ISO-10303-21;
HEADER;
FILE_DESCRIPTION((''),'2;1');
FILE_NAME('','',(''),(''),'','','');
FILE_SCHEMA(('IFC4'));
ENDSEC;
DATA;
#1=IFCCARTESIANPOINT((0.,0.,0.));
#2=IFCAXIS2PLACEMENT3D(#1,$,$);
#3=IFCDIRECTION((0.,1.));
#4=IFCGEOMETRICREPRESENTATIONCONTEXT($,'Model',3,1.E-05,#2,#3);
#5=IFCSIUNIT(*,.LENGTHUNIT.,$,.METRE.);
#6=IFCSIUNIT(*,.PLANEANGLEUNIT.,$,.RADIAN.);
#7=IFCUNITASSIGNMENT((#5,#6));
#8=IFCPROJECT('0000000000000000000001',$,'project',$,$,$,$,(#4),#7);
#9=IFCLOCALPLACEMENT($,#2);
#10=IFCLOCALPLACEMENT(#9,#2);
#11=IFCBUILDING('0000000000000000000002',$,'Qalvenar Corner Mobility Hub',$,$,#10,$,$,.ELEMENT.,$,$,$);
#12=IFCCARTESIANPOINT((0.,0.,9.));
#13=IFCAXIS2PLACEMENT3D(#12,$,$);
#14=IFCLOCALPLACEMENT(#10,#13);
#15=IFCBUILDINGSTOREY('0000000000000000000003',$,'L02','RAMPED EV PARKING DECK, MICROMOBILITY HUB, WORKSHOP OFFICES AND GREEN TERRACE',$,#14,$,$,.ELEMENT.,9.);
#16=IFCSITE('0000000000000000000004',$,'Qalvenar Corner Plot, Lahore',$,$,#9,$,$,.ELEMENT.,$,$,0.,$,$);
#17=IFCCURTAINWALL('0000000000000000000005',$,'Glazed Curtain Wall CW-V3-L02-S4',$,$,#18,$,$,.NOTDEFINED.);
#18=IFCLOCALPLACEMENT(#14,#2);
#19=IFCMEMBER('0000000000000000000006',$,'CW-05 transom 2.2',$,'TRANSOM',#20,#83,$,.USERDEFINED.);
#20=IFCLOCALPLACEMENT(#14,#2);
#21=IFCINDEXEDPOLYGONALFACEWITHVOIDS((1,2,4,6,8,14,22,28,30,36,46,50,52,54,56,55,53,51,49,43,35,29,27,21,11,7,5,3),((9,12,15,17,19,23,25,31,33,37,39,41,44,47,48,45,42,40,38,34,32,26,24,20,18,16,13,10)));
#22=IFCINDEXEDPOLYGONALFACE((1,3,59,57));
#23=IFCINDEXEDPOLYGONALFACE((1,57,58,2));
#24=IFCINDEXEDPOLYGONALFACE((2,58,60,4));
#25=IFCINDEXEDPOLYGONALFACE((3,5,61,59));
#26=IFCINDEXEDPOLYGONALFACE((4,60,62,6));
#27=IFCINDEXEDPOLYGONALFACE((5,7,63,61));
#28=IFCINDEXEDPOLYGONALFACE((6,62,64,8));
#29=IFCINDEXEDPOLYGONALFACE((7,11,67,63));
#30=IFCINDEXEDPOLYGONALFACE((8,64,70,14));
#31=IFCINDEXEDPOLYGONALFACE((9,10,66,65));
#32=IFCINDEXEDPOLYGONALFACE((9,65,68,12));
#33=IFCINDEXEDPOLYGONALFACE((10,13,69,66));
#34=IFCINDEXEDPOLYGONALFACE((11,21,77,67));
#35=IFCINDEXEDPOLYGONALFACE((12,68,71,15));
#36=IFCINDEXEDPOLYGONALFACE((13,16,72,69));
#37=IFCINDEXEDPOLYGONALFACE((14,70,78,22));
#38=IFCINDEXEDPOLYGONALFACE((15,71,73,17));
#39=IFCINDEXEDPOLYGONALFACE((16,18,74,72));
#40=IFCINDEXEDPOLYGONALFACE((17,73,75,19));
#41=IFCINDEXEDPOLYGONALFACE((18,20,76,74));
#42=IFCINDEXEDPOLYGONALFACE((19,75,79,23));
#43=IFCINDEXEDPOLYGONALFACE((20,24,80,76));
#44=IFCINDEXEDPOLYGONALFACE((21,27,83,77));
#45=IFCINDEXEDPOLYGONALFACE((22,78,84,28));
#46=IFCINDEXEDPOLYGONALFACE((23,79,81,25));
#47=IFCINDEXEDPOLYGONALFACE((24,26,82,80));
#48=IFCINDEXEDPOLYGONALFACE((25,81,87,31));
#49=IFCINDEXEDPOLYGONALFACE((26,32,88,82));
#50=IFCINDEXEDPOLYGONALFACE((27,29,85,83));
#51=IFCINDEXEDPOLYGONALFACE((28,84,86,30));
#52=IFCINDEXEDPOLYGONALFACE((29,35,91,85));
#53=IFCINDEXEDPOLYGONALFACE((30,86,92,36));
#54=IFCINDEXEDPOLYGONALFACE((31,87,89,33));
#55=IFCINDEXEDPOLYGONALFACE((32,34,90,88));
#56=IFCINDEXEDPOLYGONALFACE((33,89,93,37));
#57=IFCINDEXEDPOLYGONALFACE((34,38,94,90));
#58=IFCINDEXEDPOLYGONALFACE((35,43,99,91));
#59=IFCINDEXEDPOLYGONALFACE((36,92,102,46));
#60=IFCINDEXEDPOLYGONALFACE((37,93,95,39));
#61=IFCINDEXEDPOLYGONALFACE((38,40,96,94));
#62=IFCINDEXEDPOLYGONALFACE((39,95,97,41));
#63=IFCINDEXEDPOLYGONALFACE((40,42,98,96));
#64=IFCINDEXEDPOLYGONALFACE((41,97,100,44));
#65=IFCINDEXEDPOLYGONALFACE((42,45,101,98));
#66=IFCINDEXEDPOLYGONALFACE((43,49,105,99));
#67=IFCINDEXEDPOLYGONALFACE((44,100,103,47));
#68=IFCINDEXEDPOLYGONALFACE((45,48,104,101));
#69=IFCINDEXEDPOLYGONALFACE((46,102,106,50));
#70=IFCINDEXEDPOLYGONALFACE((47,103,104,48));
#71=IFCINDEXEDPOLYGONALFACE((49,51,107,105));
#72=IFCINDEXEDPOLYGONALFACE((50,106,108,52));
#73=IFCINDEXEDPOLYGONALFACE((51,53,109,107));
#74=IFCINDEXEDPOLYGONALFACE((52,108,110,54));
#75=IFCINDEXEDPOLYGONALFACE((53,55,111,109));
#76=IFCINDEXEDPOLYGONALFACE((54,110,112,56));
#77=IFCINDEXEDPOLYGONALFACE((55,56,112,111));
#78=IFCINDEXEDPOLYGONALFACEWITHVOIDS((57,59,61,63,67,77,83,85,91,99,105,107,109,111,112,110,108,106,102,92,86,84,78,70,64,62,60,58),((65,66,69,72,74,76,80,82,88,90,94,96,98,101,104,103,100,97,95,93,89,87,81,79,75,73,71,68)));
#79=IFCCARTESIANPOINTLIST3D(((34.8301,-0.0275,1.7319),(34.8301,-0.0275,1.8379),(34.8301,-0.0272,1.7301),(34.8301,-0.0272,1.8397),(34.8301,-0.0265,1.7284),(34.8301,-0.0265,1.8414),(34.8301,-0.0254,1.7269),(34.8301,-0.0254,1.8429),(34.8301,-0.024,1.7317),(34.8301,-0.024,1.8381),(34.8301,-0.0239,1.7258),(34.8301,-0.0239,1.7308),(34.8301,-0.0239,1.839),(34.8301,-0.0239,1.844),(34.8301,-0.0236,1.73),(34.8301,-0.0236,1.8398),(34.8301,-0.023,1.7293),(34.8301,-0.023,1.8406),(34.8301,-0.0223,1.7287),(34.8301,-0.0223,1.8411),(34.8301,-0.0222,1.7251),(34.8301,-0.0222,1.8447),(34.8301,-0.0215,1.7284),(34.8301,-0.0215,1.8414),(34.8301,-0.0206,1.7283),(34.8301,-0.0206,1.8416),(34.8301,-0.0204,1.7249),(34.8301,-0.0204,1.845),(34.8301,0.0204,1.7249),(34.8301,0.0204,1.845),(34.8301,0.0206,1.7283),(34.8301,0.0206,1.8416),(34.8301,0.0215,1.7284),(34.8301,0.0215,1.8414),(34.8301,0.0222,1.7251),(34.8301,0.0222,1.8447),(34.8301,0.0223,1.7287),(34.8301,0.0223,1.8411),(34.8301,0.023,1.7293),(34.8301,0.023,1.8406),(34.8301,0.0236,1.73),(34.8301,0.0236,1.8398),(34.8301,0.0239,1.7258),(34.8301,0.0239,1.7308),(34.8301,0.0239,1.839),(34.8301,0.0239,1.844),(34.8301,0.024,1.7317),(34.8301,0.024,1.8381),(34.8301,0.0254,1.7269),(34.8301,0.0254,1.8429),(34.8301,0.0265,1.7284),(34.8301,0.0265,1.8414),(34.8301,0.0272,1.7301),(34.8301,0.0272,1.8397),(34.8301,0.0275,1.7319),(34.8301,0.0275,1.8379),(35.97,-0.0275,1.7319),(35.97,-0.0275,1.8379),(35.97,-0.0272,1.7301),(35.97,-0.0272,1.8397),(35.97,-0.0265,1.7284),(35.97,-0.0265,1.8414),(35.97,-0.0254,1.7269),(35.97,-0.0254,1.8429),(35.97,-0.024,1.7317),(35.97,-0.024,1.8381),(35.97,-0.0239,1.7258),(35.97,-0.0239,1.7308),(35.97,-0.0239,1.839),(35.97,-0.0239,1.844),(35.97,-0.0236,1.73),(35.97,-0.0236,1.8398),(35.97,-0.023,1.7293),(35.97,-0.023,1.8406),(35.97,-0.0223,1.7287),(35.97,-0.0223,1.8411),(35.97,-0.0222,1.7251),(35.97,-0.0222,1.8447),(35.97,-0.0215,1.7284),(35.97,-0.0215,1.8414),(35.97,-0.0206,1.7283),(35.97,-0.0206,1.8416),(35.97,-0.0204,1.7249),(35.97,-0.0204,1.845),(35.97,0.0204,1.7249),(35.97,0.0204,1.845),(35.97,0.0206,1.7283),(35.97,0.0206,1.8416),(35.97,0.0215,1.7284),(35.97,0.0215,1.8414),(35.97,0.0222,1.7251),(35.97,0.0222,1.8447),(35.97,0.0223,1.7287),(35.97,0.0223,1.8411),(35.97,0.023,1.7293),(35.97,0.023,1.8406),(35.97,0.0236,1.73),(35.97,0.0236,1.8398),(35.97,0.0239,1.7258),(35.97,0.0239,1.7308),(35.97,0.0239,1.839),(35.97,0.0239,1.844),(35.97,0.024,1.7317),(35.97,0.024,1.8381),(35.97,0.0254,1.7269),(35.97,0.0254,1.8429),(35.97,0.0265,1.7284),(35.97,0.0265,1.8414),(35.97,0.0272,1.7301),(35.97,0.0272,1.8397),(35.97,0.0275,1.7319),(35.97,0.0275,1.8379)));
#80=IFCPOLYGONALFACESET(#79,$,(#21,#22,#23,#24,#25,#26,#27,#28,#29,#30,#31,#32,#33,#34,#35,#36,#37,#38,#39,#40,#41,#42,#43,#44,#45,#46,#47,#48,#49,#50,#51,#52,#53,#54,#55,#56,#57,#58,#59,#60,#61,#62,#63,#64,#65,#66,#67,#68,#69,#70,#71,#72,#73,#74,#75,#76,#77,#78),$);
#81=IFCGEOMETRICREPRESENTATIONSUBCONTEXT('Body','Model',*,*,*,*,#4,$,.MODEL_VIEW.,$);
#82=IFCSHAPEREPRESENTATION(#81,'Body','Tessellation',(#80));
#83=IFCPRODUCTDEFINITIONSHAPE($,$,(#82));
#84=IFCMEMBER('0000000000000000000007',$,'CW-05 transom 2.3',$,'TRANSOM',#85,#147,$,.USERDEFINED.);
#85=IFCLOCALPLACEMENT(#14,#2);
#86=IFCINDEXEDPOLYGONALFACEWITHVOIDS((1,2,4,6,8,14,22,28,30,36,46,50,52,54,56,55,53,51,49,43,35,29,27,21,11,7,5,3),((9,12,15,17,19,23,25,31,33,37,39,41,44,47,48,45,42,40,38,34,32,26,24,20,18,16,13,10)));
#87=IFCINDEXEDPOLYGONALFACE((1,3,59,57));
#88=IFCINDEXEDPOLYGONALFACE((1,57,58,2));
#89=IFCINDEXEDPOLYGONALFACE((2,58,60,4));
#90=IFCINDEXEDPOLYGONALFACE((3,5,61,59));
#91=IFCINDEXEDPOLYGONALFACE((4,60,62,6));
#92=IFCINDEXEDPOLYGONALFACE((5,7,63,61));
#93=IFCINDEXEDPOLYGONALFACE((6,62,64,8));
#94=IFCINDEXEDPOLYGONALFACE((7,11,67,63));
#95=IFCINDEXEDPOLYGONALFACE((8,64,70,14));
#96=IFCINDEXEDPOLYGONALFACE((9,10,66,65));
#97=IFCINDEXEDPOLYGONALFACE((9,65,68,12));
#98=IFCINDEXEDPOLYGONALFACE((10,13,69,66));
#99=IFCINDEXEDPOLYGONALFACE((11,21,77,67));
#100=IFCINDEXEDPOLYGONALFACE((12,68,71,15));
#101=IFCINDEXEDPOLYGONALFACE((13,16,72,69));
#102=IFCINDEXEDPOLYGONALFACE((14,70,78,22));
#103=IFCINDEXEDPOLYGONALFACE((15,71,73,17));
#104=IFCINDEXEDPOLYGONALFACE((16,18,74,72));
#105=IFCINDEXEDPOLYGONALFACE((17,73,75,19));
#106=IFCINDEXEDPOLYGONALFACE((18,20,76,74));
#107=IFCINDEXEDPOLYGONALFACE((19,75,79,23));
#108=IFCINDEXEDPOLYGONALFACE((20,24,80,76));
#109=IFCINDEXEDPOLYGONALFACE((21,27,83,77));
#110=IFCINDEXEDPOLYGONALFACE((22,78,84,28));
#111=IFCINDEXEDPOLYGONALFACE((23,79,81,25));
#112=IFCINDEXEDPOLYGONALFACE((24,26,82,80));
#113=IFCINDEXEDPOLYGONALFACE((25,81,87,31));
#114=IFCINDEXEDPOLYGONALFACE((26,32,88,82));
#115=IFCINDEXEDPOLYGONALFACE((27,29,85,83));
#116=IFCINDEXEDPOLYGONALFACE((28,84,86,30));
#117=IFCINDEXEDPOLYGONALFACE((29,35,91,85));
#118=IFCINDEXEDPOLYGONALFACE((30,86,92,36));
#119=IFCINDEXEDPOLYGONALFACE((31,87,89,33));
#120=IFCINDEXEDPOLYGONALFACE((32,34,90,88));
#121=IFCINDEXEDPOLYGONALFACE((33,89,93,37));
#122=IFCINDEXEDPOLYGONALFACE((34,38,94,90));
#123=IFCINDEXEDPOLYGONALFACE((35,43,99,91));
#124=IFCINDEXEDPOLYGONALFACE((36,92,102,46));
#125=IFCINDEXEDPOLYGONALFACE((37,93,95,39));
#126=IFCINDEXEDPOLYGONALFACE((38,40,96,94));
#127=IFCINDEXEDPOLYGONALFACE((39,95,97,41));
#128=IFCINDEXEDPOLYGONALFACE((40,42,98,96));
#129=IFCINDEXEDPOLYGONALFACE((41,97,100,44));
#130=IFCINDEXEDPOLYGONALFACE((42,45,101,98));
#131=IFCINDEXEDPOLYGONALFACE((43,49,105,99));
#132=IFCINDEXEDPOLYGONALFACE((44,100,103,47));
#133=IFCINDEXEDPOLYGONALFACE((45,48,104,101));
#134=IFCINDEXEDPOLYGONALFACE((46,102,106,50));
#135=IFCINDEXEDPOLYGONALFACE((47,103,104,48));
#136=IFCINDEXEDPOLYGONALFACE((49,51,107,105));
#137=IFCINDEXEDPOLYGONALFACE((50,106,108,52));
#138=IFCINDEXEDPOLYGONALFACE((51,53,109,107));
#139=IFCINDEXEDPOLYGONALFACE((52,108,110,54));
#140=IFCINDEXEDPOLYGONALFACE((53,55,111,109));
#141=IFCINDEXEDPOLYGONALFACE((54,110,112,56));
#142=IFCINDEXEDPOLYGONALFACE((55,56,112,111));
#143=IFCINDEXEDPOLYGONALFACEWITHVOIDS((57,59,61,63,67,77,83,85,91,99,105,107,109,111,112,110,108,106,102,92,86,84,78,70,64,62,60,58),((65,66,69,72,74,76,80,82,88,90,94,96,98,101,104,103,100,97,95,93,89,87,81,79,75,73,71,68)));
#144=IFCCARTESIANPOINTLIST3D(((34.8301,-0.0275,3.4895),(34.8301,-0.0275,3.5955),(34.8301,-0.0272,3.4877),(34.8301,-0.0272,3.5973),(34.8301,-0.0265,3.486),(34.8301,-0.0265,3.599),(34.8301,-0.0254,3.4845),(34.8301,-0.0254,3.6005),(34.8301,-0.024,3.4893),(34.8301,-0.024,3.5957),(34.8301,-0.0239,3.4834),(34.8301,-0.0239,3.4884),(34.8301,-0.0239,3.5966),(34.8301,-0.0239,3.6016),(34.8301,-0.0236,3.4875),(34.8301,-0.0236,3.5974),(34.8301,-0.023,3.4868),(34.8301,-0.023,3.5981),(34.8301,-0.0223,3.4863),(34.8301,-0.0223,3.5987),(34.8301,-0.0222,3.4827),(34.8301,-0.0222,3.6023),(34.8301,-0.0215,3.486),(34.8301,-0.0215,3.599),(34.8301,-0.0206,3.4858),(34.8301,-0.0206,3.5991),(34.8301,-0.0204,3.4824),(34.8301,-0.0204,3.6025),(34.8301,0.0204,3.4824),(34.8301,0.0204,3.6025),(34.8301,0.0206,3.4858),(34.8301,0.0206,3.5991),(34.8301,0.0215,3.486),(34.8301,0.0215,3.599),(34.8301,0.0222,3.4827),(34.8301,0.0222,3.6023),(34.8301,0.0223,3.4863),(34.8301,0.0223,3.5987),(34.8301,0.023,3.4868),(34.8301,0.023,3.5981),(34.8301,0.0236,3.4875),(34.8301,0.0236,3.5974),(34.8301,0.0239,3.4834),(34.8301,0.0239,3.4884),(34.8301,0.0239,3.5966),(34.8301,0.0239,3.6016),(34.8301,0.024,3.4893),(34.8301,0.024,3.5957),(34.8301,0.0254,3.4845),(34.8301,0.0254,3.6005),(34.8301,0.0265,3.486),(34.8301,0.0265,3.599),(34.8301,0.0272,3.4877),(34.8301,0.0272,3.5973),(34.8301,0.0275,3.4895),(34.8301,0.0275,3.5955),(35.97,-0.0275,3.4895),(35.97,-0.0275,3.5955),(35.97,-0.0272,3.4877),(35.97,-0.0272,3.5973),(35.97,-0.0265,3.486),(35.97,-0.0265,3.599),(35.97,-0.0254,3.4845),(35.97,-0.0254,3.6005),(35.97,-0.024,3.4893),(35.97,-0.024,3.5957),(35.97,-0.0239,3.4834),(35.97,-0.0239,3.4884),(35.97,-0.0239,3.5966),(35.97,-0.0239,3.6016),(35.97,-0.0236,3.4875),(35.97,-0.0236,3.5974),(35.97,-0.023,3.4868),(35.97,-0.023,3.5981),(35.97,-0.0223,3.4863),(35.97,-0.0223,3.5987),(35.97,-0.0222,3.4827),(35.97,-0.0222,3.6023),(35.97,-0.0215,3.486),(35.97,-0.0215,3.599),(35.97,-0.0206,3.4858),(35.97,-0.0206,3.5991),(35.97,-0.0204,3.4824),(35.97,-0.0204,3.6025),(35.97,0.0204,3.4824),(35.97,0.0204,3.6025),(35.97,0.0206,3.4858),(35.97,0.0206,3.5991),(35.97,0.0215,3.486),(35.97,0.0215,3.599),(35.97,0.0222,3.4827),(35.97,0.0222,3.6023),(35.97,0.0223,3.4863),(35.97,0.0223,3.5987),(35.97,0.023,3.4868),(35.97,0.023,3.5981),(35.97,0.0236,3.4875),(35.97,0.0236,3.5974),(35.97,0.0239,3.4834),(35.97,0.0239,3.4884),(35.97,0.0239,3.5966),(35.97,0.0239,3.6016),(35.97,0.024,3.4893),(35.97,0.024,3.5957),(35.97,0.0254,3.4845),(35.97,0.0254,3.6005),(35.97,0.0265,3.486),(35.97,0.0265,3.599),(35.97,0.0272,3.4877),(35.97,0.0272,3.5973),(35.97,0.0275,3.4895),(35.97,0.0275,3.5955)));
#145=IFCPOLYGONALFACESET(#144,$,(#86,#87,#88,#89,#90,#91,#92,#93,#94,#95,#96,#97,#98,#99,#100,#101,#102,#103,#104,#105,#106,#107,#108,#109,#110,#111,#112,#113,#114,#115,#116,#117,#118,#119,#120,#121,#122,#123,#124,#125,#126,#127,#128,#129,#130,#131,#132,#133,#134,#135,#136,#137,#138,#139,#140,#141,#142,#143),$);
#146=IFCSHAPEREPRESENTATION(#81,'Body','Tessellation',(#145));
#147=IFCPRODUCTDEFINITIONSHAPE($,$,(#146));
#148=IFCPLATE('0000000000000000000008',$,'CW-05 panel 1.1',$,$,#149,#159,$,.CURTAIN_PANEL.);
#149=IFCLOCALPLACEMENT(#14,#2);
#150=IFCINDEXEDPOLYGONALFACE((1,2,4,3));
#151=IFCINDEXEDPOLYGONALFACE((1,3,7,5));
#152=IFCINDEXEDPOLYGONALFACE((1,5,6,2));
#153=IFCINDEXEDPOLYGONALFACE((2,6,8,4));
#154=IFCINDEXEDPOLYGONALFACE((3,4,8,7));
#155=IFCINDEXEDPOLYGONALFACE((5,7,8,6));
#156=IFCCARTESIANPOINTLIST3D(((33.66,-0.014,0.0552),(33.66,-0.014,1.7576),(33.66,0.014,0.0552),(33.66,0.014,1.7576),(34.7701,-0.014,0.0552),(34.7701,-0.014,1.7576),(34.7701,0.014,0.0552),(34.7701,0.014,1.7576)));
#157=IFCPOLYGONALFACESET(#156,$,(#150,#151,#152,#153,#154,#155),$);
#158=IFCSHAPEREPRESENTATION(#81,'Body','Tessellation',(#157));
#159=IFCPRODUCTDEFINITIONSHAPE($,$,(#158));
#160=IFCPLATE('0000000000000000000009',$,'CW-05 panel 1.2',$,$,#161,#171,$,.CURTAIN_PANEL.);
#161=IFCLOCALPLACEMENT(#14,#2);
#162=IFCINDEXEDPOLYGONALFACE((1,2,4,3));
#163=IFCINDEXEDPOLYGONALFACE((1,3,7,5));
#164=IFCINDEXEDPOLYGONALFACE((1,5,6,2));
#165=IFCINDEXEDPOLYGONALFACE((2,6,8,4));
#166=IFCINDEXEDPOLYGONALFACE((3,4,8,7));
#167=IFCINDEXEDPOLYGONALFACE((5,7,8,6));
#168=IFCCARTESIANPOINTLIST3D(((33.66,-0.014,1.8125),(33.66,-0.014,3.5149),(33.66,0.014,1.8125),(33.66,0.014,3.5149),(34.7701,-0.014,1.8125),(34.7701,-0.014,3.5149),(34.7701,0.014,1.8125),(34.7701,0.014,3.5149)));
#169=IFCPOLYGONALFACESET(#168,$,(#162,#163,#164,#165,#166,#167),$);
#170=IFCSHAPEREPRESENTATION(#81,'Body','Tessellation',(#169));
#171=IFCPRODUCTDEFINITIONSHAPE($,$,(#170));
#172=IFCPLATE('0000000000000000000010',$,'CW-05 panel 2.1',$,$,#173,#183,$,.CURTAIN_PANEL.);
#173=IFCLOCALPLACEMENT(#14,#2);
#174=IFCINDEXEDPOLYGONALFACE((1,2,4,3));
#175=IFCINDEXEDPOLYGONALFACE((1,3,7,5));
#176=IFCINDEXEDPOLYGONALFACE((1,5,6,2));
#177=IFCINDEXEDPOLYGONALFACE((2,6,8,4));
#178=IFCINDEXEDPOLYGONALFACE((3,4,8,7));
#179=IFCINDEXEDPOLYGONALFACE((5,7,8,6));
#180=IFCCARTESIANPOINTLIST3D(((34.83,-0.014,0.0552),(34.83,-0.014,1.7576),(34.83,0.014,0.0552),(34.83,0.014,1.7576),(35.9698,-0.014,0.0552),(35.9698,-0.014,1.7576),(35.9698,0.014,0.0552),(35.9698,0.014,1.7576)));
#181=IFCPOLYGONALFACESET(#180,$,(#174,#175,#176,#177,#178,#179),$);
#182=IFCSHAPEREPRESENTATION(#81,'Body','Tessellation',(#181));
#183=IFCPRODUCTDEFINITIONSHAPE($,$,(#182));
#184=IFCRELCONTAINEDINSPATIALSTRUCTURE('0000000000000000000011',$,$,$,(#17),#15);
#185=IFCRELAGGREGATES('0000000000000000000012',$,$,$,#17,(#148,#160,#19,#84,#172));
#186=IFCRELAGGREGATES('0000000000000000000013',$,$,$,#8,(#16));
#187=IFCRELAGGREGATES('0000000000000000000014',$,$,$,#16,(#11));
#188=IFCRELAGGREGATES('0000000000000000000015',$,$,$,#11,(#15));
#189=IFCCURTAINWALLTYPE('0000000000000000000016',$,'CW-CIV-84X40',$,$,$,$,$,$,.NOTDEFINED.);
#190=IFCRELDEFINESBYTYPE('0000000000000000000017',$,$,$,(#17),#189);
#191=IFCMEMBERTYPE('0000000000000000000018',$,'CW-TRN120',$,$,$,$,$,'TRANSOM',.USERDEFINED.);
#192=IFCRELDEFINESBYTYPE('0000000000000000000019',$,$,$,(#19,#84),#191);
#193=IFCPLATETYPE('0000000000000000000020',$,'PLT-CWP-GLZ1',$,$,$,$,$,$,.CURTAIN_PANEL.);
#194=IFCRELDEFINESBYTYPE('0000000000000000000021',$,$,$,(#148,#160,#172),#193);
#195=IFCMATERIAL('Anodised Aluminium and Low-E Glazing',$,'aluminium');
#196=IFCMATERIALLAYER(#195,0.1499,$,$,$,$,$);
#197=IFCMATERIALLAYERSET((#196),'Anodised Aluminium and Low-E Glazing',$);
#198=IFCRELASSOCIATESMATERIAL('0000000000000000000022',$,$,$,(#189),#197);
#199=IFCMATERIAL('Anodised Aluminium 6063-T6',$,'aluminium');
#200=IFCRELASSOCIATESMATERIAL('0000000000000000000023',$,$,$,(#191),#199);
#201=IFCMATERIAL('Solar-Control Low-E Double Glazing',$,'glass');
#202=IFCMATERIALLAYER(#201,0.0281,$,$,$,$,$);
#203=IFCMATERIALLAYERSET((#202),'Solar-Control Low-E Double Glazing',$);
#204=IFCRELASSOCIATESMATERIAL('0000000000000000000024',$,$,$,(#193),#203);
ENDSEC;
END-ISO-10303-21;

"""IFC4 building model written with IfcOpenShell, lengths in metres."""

from ifc_helpers import new_model, si_unit, direction, frame, origin, origin_2d, place, context, subcontext, project, spatial, rectangle, hollow_rectangle, extrude, material, layer, layer_set, material_profile, profile_set, type_object, element, aggregate, save


model = new_model("IFC4")

# Units and contexts
model_context = context("Model", 3, precision=1e-05, world=origin(), true_north=direction((0.0, 1.0)))
body_context = subcontext(model_context, "Body", "Model", "MODEL_VIEW")
ifc_project = project(units=[si_unit("LENGTHUNIT", "METRE"), si_unit("PLANEANGLEUNIT", "RADIAN")], contexts=[model_context])

# Site, building, storey
site_placement = place(None, origin())
site = spatial("IfcSite", under=ifc_project, at=site_placement, Name="Qalvenar Corner Plot, Lahore", CompositionType="ELEMENT", RefElevation=0.0)
building_placement = place(site_placement, origin())
building = spatial("IfcBuilding", under=site, at=building_placement, Name="Qalvenar Corner Mobility Hub", CompositionType="ELEMENT")
storey_placement = place(building_placement, frame((0.0, 0.0, 9.0)))
storey = spatial("IfcBuildingStorey", under=building, at=storey_placement, Name="L02", Description="RAMPED EV PARKING DECK, MICROMOBILITY HUB, WORKSHOP OFFICES AND GREEN TERRACE", CompositionType="ELEMENT", Elevation=9.0)

# Curtain wall, members, plates
ifc_material_1 = material(Name="Anodised Aluminium and Low-E Glazing", Category="aluminium")
ifc_layer_1 = layer(ifc_material_1, 0.1499)
ifc_layer_set_1 = layer_set([ifc_layer_1], Name="Anodised Aluminium and Low-E Glazing")
curtain_wall_type = type_object("IfcCurtainWallType", Name="CW-CIV-84X40", PredefinedType="NOTDEFINED", material=ifc_layer_set_1)
curtain_wall_placement = place(storey_placement, origin())
curtain_wall = element("IfcCurtainWall", 1, at=curtain_wall_placement, inside=storey, type_object=curtain_wall_type, Name="Glazed Curtain Wall CW-V3-L02-S4", PredefinedType="NOTDEFINED")
ifc_material_2 = material(Name="Anodised Aluminium 6063-T6", Category="aluminium")
ifc_material_profile_1 = material_profile(ifc_material_2, hollow_rectangle(XDim=0.0549, YDim=0.1201, WallThickness=0.0034, InnerFilletRadius=0.0034, OuterFilletRadius=0.0071, at=origin_2d()), Name="RHS120x55x3.5")
ifc_profile_set_1 = profile_set([ifc_material_profile_1], Name="Anodised Aluminium 6063-T6")
member_type_1 = type_object("IfcMemberType", Name="CW-TRN120", ElementType="TRANSOM", PredefinedType="USERDEFINED", material=ifc_profile_set_1)
member_1_placement = place(storey_placement, frame((34.8301, 0.0, 1.7849), z_axis=(1.0, 0.0, 0.0), x_axis=(0.0, 1.0, 0.0)))
member_1 = element("IfcMember", 2, at=member_1_placement, type_object=member_type_1, Name="CW-05 transom 2.2", ObjectType="TRANSOM", PredefinedType="USERDEFINED", context=body_context, shape_type="SweptSolid", body=[
    extrude(hollow_rectangle(XDim=0.0549, YDim=0.1201, WallThickness=0.0034, InnerFilletRadius=0.0034, OuterFilletRadius=0.0071, at=origin_2d()), origin(), (0.0, 0.0, 1.0), 1.1399),
])
member_2_placement = place(storey_placement, frame((34.8301, 0.0, 3.5425), z_axis=(1.0, 0.0, 0.0), x_axis=(0.0, 1.0, 0.0)))
member_2 = element("IfcMember", 3, at=member_2_placement, type_object=member_type_1, Name="CW-05 transom 2.3", ObjectType="TRANSOM", PredefinedType="USERDEFINED", context=body_context, shape_type="SweptSolid", body=[
    extrude(hollow_rectangle(XDim=0.0549, YDim=0.1201, WallThickness=0.0034, InnerFilletRadius=0.0034, OuterFilletRadius=0.0071, at=origin_2d()), origin(), (0.0, 0.0, 1.0), 1.1399),
])
ifc_material_3 = material(Name="Solar-Control Low-E Double Glazing", Category="glass")
ifc_layer_2 = layer(ifc_material_3, 0.0281)
ifc_layer_set_2 = layer_set([ifc_layer_2], Name="Solar-Control Low-E Double Glazing")
plate_type = type_object("IfcPlateType", Name="PLT-CWP-GLZ1", PredefinedType="CURTAIN_PANEL", material=ifc_layer_set_2)
plate_1_placement = place(storey_placement, frame((34.2151, 0.0, 0.0552), z_axis=(0.0, 0.0, 1.0), x_axis=(1.0, 0.0, 0.0)))
plate_1 = element("IfcPlate", 4, at=plate_1_placement, type_object=plate_type, Name="CW-05 panel 1.1", PredefinedType="CURTAIN_PANEL", context=body_context, shape_type="SweptSolid", body=[
    extrude(rectangle(XDim=1.1101, YDim=0.0281, at=origin_2d()), origin(), (0.0, 0.0, 1.0), 1.7024),
])
plate_2_placement = place(storey_placement, frame((34.2151, 0.0, 1.8125), z_axis=(0.0, 0.0, 1.0), x_axis=(1.0, 0.0, 0.0)))
plate_2 = element("IfcPlate", 5, at=plate_2_placement, type_object=plate_type, Name="CW-05 panel 1.2", PredefinedType="CURTAIN_PANEL", context=body_context, shape_type="SweptSolid", body=[
    extrude(rectangle(XDim=1.1101, YDim=0.0281, at=origin_2d()), origin(), (0.0, 0.0, 1.0), 1.7024),
])
plate_3_placement = place(storey_placement, frame((35.3999, 0.0, 0.0552), z_axis=(0.0, 0.0, 1.0), x_axis=(1.0, 0.0, 0.0)))
plate_3 = element("IfcPlate", 6, at=plate_3_placement, type_object=plate_type, Name="CW-05 panel 2.1", PredefinedType="CURTAIN_PANEL", context=body_context, shape_type="SweptSolid", body=[
    extrude(rectangle(XDim=1.1399, YDim=0.0281, at=origin_2d()), origin(), (0.0, 0.0, 1.0), 1.7024),
])
aggregate(curtain_wall, [plate_1, plate_2, member_1, member_2, plate_3])

save(model, "model.ifc")
